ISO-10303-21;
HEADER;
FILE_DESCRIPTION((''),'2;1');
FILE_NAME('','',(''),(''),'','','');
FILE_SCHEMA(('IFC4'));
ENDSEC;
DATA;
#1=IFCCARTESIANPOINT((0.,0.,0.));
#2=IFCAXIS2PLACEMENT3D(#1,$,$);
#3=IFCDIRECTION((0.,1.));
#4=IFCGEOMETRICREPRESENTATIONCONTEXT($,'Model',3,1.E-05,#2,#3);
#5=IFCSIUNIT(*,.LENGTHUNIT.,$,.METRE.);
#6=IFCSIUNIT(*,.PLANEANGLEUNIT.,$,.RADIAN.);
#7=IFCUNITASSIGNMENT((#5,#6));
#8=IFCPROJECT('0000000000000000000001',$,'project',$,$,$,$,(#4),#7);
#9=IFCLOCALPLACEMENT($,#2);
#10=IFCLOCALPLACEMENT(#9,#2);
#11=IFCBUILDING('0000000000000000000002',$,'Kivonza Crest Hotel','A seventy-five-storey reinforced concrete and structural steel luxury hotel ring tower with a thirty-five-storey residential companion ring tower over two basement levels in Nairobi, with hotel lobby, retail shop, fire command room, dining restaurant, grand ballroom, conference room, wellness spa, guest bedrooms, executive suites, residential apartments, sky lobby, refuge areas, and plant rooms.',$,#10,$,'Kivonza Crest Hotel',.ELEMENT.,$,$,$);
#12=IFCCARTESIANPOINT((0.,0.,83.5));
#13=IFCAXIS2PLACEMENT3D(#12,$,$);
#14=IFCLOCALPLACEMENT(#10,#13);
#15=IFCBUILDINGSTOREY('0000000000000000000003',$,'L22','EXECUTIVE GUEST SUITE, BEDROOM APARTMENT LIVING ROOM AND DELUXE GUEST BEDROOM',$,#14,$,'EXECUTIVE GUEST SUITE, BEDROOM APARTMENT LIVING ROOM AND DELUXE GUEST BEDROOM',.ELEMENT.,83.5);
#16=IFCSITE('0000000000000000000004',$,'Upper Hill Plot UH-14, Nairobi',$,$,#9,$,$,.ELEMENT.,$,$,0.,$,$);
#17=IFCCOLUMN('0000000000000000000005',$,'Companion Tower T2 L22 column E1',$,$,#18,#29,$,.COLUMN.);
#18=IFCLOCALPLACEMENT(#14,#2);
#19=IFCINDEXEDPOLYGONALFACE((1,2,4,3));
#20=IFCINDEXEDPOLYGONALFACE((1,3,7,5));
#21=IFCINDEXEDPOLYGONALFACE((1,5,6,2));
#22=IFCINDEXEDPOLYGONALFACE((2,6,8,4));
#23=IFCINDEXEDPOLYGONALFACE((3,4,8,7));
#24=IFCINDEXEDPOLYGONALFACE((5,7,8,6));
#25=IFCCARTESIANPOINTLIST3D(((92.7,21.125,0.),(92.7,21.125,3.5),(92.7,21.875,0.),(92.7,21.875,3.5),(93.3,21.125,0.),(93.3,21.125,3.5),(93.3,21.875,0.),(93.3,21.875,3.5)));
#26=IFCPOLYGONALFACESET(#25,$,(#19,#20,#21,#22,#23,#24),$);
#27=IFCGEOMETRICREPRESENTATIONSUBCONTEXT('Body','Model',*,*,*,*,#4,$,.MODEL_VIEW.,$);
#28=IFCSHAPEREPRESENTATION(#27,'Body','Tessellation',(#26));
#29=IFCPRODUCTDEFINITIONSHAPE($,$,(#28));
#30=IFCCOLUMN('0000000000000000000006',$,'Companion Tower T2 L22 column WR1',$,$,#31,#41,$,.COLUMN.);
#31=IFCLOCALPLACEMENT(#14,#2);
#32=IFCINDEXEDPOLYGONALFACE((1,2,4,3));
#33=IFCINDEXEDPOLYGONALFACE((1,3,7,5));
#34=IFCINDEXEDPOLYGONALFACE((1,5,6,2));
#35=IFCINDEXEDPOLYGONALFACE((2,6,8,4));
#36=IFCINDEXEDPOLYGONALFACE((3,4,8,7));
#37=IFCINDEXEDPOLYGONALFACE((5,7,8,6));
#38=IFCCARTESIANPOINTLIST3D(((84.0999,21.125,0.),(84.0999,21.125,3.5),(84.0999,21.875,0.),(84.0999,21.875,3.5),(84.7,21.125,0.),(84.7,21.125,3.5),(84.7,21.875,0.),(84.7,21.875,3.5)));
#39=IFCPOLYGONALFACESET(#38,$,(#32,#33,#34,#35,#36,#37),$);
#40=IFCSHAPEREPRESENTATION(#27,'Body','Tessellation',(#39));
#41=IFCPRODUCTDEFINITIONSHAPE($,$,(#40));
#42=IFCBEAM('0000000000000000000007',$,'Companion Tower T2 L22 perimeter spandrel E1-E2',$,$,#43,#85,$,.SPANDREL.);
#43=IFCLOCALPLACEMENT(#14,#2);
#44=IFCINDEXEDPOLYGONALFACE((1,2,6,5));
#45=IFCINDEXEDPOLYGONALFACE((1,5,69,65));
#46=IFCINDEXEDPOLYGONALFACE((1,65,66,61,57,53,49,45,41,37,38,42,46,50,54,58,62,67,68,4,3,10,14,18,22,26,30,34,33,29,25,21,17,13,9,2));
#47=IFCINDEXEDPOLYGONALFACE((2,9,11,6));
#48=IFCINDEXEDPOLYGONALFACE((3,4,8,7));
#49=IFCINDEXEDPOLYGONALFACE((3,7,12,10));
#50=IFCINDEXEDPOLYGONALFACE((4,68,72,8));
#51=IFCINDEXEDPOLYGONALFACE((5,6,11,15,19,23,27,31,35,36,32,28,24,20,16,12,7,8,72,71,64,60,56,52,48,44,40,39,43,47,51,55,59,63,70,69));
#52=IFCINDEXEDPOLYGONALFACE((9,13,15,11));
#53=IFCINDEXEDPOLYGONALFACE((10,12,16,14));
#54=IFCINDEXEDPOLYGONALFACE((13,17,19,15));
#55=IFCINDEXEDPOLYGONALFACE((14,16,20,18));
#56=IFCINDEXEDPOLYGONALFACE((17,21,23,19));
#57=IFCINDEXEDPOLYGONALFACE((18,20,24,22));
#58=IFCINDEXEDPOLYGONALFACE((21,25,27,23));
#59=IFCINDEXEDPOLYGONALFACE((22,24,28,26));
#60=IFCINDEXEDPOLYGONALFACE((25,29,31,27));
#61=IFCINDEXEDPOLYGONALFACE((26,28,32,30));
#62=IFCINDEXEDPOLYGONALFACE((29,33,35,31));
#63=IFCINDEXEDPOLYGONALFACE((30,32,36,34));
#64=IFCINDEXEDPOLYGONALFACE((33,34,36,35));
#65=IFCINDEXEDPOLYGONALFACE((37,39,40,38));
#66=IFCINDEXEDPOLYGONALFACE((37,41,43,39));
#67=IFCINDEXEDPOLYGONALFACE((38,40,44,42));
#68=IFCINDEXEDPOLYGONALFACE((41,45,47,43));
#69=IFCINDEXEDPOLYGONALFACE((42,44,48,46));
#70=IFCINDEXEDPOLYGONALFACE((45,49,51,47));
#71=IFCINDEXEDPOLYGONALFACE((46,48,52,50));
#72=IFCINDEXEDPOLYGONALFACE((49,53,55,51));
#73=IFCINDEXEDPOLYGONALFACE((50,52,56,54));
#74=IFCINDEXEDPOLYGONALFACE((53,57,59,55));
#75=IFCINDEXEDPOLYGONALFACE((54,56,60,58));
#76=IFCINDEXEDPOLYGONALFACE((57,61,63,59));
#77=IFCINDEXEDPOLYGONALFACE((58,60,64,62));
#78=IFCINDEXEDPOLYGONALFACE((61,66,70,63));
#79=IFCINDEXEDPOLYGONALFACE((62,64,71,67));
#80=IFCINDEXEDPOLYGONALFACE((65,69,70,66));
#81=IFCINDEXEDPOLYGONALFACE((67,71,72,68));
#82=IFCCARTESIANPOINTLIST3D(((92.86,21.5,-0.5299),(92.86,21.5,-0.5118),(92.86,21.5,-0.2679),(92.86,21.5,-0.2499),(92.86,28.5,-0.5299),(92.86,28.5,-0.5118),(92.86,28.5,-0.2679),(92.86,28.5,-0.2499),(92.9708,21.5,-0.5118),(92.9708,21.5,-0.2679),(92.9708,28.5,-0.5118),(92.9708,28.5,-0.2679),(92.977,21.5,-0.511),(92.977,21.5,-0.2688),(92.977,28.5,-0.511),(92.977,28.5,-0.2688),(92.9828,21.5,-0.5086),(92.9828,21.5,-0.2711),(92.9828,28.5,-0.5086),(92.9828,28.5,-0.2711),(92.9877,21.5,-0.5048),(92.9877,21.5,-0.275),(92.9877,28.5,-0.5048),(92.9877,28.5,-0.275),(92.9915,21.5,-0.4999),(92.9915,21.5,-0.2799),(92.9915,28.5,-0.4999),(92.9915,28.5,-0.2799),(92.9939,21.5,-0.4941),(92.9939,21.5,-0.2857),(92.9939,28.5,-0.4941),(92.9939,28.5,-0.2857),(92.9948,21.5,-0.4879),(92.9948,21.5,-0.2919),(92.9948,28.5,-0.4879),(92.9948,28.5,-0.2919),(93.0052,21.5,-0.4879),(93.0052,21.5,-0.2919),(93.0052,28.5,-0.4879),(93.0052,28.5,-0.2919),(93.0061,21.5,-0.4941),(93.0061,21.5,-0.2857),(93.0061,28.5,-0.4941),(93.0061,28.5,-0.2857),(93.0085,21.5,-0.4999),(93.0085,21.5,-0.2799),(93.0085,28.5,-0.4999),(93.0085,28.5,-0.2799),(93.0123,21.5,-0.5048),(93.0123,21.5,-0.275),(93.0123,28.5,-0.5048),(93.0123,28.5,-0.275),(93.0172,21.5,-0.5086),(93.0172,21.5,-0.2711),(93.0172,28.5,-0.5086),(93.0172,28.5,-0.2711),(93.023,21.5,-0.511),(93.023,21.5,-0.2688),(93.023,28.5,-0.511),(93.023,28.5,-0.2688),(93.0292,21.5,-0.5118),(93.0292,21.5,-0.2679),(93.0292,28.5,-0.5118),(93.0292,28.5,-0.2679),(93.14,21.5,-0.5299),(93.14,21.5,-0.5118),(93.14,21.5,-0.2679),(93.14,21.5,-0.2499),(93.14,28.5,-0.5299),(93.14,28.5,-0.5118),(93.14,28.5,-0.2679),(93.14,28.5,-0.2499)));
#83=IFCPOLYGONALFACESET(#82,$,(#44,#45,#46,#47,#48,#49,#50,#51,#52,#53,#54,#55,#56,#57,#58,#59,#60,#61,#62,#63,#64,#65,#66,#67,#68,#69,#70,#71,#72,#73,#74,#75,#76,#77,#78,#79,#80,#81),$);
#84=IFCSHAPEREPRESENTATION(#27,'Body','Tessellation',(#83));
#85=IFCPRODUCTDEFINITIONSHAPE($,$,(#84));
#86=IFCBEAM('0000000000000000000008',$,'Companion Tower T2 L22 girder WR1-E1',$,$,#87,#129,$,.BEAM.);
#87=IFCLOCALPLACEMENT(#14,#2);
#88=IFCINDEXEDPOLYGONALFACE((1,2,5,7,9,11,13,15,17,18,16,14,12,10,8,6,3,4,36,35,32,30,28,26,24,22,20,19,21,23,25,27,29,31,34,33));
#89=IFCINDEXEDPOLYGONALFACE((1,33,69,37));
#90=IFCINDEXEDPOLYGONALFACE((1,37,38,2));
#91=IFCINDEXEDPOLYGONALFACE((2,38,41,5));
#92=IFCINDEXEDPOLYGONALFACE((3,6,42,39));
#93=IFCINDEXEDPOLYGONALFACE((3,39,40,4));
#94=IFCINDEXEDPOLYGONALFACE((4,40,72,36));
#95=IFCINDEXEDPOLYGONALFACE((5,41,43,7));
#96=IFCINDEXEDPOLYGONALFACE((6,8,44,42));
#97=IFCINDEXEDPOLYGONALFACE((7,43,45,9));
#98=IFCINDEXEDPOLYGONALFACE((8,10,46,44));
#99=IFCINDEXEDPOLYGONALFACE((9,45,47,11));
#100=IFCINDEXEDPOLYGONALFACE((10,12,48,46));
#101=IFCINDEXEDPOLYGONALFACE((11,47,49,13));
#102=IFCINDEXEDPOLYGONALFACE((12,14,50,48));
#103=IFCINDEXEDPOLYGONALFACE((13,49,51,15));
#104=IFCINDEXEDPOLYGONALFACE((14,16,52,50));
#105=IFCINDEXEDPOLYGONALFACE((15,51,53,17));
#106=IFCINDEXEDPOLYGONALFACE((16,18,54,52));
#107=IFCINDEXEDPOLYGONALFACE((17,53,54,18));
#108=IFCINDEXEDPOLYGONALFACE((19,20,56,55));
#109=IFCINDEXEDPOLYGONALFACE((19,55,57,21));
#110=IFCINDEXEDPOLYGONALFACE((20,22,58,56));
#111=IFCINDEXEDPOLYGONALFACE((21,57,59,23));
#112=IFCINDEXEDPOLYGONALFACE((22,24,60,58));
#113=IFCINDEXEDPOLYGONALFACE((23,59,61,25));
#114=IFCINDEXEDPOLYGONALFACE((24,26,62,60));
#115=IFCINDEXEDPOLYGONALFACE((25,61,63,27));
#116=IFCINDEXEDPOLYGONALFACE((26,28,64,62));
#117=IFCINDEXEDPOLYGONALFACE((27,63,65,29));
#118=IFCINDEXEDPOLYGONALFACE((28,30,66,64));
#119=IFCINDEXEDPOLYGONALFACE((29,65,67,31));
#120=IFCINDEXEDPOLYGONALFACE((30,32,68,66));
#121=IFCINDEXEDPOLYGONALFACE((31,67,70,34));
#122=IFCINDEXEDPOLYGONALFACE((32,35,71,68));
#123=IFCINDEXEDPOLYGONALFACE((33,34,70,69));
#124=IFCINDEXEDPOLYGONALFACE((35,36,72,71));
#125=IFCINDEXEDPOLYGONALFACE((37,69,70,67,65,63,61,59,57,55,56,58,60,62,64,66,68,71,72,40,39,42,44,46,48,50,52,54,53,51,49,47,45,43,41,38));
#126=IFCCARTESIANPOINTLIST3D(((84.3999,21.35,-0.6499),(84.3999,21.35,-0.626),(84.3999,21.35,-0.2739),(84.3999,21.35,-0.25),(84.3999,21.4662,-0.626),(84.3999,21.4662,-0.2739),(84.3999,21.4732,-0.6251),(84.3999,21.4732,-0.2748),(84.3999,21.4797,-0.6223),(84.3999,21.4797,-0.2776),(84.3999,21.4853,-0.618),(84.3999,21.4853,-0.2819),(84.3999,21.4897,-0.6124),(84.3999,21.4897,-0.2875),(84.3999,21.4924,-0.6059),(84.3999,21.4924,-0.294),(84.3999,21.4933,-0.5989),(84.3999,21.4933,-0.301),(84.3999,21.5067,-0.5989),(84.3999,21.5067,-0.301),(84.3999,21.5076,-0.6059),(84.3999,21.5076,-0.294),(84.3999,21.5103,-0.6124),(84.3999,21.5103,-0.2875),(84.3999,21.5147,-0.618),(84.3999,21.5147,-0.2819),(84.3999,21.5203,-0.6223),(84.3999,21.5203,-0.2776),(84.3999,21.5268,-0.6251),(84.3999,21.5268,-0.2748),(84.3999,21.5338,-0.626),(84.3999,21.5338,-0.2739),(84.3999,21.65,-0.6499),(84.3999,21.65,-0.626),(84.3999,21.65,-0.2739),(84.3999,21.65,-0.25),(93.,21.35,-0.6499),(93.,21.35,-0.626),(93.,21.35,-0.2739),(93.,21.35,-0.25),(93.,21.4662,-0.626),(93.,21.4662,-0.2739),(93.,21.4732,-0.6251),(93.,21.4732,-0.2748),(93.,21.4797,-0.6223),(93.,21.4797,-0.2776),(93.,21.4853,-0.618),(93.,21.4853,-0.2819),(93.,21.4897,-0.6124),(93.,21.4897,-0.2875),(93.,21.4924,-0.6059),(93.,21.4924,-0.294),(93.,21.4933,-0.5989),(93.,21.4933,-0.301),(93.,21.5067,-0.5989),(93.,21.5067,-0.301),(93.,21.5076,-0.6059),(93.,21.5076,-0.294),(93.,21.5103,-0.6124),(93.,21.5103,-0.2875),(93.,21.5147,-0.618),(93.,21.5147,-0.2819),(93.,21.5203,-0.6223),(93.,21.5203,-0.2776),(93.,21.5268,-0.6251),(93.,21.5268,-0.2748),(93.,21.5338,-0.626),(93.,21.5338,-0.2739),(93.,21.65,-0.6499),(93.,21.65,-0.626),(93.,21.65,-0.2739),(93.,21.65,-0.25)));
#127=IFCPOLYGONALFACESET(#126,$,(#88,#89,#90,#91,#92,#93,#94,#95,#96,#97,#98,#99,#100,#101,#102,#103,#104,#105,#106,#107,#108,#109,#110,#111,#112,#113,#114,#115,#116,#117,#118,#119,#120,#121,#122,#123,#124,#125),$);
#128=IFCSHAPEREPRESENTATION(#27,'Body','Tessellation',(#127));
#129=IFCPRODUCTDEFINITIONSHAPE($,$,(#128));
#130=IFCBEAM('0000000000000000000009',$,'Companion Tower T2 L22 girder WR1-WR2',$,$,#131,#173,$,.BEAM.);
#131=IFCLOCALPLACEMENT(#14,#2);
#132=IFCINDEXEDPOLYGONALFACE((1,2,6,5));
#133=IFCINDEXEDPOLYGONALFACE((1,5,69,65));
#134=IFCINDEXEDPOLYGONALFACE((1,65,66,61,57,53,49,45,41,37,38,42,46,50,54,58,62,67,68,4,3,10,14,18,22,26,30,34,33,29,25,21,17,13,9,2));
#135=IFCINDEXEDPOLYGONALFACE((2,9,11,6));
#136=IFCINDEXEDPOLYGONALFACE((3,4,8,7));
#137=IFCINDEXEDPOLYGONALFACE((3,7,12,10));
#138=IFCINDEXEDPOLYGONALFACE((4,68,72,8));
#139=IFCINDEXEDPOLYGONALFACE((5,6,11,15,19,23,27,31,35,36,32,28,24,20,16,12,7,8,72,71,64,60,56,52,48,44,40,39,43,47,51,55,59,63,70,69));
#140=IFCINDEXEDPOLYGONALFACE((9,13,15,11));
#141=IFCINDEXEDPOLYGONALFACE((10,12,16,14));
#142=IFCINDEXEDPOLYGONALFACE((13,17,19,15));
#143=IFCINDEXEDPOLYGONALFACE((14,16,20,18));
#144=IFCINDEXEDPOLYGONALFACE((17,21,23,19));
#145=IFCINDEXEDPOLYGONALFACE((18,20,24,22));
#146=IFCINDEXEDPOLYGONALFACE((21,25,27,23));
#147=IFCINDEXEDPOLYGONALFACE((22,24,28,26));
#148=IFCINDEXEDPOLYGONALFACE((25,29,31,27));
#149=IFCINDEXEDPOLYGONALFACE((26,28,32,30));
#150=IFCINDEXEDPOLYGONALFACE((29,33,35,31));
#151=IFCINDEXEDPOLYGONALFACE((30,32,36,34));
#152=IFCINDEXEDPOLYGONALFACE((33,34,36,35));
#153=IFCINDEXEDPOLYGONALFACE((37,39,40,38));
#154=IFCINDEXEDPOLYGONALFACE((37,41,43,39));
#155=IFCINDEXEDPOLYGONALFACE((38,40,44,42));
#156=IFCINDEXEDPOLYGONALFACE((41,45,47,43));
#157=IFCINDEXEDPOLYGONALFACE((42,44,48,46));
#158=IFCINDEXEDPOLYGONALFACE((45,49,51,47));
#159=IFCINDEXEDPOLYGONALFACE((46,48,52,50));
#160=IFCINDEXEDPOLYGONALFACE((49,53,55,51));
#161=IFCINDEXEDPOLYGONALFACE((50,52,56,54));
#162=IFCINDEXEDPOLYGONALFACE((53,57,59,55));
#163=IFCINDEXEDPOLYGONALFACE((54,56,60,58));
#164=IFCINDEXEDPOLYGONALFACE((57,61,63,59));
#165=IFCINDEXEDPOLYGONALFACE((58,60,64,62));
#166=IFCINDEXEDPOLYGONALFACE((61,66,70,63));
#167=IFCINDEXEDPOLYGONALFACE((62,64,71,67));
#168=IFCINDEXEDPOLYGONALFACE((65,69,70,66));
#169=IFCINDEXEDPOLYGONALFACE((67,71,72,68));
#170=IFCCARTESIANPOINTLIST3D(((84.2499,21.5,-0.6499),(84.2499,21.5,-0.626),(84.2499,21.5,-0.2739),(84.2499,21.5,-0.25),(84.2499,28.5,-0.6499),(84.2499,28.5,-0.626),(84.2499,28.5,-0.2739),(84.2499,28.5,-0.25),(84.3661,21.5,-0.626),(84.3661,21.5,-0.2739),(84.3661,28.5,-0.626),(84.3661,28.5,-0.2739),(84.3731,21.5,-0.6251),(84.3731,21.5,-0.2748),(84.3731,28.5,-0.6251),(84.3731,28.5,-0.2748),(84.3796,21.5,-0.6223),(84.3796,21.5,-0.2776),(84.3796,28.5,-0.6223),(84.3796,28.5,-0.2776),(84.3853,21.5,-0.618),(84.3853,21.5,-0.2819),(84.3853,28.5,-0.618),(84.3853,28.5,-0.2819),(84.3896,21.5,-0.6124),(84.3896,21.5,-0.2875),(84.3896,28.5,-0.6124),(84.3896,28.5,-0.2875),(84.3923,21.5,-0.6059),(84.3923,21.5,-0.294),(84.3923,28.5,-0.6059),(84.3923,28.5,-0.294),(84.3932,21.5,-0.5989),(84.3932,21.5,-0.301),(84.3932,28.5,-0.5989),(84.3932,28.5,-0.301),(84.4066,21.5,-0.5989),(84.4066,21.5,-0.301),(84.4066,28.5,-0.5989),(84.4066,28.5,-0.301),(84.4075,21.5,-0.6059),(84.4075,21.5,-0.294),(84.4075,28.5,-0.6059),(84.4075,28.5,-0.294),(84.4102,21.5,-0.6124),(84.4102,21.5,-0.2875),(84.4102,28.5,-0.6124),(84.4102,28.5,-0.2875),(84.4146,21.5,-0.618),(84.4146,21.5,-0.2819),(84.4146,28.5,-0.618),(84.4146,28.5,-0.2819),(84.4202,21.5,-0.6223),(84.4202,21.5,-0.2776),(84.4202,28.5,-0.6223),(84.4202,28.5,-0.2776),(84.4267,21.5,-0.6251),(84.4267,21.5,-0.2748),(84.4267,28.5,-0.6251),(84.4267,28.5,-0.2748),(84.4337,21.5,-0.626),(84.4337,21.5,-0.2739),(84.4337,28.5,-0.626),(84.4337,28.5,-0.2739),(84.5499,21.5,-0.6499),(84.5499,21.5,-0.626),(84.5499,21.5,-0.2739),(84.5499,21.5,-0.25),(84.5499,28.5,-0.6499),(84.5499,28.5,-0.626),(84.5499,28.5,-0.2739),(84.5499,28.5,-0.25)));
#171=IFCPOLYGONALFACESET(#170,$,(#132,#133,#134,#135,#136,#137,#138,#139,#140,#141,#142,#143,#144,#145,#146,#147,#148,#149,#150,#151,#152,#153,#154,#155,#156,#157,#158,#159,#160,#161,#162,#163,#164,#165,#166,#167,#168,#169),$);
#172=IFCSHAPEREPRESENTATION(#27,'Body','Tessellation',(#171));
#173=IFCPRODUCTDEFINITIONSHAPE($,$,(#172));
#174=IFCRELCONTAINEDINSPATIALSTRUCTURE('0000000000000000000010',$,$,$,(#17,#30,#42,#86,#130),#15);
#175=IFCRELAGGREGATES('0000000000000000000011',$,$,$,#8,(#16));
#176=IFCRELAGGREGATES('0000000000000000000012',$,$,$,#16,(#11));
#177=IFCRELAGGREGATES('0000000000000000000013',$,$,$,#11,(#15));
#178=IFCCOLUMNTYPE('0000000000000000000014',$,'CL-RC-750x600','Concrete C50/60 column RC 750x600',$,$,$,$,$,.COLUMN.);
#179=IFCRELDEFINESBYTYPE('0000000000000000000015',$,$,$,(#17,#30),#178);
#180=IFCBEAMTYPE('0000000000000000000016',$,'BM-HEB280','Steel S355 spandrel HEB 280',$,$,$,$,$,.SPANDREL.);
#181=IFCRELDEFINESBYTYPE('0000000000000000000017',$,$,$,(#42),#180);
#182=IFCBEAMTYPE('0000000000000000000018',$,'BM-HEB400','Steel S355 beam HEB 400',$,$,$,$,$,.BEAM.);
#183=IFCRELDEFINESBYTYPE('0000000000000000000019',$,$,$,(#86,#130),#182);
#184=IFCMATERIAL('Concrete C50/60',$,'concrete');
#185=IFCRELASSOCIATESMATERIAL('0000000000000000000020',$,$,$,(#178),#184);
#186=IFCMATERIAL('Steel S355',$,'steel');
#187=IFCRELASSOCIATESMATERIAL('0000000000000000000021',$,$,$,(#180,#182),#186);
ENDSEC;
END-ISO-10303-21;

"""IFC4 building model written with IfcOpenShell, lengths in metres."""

from ifc_helpers import new_model, si_unit, direction, frame, origin, origin_2d, place, context, subcontext, project, spatial, rectangle, i_section, extrude, material, material_profile, profile_set, type_object, element, save


model = new_model("IFC4")

# Units and contexts
model_context = context("Model", 3, precision=1e-05, world=origin(), true_north=direction((0.0, 1.0)))
body_context = subcontext(model_context, "Body", "Model", "MODEL_VIEW")
ifc_project = project(units=[si_unit("LENGTHUNIT", "METRE"), si_unit("PLANEANGLEUNIT", "RADIAN")], contexts=[model_context])

# Site, building, storey
site_placement = place(None, origin())
site = spatial("IfcSite", under=ifc_project, at=site_placement, Name="Upper Hill Plot UH-14, Nairobi", CompositionType="ELEMENT", RefElevation=0.0)
building_placement = place(site_placement, origin())
building = spatial("IfcBuilding", under=site, at=building_placement, Name="Kivonza Crest Hotel", Description="A seventy-five-storey reinforced concrete and structural steel luxury hotel ring tower with a thirty-five-storey residential companion ring tower over two basement levels in Nairobi, with hotel lobby, retail shop, fire command room, dining restaurant, grand ballroom, conference room, wellness spa, guest bedrooms, executive suites, residential apartments, sky lobby, refuge areas, and plant rooms.", LongName="Kivonza Crest Hotel", CompositionType="ELEMENT")
storey_placement = place(building_placement, frame((0.0, 0.0, 83.5)))
storey = spatial("IfcBuildingStorey", under=building, at=storey_placement, Name="L22", Description="EXECUTIVE GUEST SUITE, BEDROOM APARTMENT LIVING ROOM AND DELUXE GUEST BEDROOM", LongName="EXECUTIVE GUEST SUITE, BEDROOM APARTMENT LIVING ROOM AND DELUXE GUEST BEDROOM", CompositionType="ELEMENT", Elevation=83.5)

# Columns
ifc_material_1 = material(Name="Concrete C50/60", Category="concrete")
ifc_material_profile_1 = material_profile(ifc_material_1, rectangle(XDim=0.6001, YDim=0.75, at=origin_2d()), Name="RC 750x600")
ifc_profile_set_1 = profile_set([ifc_material_profile_1], Name="Concrete C50/60")
column_type = type_object("IfcColumnType", Name="CL-RC-750x600", Description="Concrete C50/60 column RC 750x600", PredefinedType="COLUMN", material=ifc_profile_set_1)
for number, where, z_axis, x_axis, name in (
    (1, (93.0, 21.5, 0.0), (0.0, 0.0, 1.0), (1.0, 0.0, 0.0), "Companion Tower T2 L22 column E1"),
    (2, (84.3999, 21.5, 0.0), (0.0, 0.0, 1.0), (1.0, 0.0, 0.0), "Companion Tower T2 L22 column WR1"),
):
    element("IfcColumn", number, at=place(storey_placement, frame(where, z_axis=z_axis, x_axis=x_axis)), inside=storey, type_object=column_type, Name=name, PredefinedType="COLUMN", context=body_context, shape_type="SweptSolid", body=[
        extrude(rectangle(XDim=0.6001, YDim=0.75, at=origin_2d()), origin(), (0.0, 0.0, 1.0), 3.5),
    ])

# Beams
ifc_material_2 = material(Name="Steel S355", Category="steel")
ifc_material_profile_2 = material_profile(ifc_material_2, i_section(OverallWidth=0.28, OverallDepth=0.28, WebThickness=0.0105, FlangeThickness=0.0181, FilletRadius=0.0239, at=origin_2d()), Name="HEB 280")
ifc_profile_set_2 = profile_set([ifc_material_profile_2], Name="Steel S355")
beam_type_1 = type_object("IfcBeamType", Name="BM-HEB280", Description="Steel S355 spandrel HEB 280", PredefinedType="SPANDREL", material=ifc_profile_set_2)
beam_1_placement = place(storey_placement, frame((93.0, 21.5, -0.3899), z_axis=(0.0, 1.0, 0.0), x_axis=(-1.0, 0.0, 0.0)))
element("IfcBeam", 3, at=beam_1_placement, inside=storey, type_object=beam_type_1, Name="Companion Tower T2 L22 perimeter spandrel E1-E2", PredefinedType="SPANDREL", context=body_context, shape_type="SweptSolid", body=[
    extrude(i_section(OverallWidth=0.28, OverallDepth=0.28, WebThickness=0.0105, FlangeThickness=0.0181, FilletRadius=0.0239, at=origin_2d()), origin(), (0.0, 0.0, 1.0), 7.0),
])
ifc_material_profile_3 = material_profile(ifc_material_2, i_section(OverallWidth=0.3, OverallDepth=0.3999, WebThickness=0.0134, FlangeThickness=0.0239, FilletRadius=0.0271, at=origin_2d()), Name="HEB 400")
ifc_profile_set_3 = profile_set([ifc_material_profile_3], Name="Steel S355")
beam_type_2 = type_object("IfcBeamType", Name="BM-HEB400", Description="Steel S355 beam HEB 400", PredefinedType="BEAM", material=ifc_profile_set_3)
beam_2_placement = place(storey_placement, frame((84.3999, 21.5, -0.45), z_axis=(1.0, 0.0, 0.0), x_axis=(0.0, 1.0, 0.0)))
element("IfcBeam", 4, at=beam_2_placement, inside=storey, type_object=beam_type_2, Name="Companion Tower T2 L22 girder WR1-E1", PredefinedType="BEAM", context=body_context, shape_type="SweptSolid", body=[
    extrude(i_section(OverallWidth=0.3, OverallDepth=0.3999, WebThickness=0.0134, FlangeThickness=0.0239, FilletRadius=0.0271, at=origin_2d()), origin(), (0.0, 0.0, 1.0), 8.6001),
])
beam_3_placement = place(storey_placement, frame((84.3999, 21.5, -0.45), z_axis=(0.0, 1.0, 0.0), x_axis=(-1.0, 0.0, 0.0)))
element("IfcBeam", 5, at=beam_3_placement, inside=storey, type_object=beam_type_2, Name="Companion Tower T2 L22 girder WR1-WR2", PredefinedType="BEAM", context=body_context, shape_type="SweptSolid", body=[
    extrude(i_section(OverallWidth=0.3, OverallDepth=0.3999, WebThickness=0.0134, FlangeThickness=0.0239, FilletRadius=0.0271, at=origin_2d()), origin(), (0.0, 0.0, 1.0), 7.0),
])

save(model, "model.ifc")
